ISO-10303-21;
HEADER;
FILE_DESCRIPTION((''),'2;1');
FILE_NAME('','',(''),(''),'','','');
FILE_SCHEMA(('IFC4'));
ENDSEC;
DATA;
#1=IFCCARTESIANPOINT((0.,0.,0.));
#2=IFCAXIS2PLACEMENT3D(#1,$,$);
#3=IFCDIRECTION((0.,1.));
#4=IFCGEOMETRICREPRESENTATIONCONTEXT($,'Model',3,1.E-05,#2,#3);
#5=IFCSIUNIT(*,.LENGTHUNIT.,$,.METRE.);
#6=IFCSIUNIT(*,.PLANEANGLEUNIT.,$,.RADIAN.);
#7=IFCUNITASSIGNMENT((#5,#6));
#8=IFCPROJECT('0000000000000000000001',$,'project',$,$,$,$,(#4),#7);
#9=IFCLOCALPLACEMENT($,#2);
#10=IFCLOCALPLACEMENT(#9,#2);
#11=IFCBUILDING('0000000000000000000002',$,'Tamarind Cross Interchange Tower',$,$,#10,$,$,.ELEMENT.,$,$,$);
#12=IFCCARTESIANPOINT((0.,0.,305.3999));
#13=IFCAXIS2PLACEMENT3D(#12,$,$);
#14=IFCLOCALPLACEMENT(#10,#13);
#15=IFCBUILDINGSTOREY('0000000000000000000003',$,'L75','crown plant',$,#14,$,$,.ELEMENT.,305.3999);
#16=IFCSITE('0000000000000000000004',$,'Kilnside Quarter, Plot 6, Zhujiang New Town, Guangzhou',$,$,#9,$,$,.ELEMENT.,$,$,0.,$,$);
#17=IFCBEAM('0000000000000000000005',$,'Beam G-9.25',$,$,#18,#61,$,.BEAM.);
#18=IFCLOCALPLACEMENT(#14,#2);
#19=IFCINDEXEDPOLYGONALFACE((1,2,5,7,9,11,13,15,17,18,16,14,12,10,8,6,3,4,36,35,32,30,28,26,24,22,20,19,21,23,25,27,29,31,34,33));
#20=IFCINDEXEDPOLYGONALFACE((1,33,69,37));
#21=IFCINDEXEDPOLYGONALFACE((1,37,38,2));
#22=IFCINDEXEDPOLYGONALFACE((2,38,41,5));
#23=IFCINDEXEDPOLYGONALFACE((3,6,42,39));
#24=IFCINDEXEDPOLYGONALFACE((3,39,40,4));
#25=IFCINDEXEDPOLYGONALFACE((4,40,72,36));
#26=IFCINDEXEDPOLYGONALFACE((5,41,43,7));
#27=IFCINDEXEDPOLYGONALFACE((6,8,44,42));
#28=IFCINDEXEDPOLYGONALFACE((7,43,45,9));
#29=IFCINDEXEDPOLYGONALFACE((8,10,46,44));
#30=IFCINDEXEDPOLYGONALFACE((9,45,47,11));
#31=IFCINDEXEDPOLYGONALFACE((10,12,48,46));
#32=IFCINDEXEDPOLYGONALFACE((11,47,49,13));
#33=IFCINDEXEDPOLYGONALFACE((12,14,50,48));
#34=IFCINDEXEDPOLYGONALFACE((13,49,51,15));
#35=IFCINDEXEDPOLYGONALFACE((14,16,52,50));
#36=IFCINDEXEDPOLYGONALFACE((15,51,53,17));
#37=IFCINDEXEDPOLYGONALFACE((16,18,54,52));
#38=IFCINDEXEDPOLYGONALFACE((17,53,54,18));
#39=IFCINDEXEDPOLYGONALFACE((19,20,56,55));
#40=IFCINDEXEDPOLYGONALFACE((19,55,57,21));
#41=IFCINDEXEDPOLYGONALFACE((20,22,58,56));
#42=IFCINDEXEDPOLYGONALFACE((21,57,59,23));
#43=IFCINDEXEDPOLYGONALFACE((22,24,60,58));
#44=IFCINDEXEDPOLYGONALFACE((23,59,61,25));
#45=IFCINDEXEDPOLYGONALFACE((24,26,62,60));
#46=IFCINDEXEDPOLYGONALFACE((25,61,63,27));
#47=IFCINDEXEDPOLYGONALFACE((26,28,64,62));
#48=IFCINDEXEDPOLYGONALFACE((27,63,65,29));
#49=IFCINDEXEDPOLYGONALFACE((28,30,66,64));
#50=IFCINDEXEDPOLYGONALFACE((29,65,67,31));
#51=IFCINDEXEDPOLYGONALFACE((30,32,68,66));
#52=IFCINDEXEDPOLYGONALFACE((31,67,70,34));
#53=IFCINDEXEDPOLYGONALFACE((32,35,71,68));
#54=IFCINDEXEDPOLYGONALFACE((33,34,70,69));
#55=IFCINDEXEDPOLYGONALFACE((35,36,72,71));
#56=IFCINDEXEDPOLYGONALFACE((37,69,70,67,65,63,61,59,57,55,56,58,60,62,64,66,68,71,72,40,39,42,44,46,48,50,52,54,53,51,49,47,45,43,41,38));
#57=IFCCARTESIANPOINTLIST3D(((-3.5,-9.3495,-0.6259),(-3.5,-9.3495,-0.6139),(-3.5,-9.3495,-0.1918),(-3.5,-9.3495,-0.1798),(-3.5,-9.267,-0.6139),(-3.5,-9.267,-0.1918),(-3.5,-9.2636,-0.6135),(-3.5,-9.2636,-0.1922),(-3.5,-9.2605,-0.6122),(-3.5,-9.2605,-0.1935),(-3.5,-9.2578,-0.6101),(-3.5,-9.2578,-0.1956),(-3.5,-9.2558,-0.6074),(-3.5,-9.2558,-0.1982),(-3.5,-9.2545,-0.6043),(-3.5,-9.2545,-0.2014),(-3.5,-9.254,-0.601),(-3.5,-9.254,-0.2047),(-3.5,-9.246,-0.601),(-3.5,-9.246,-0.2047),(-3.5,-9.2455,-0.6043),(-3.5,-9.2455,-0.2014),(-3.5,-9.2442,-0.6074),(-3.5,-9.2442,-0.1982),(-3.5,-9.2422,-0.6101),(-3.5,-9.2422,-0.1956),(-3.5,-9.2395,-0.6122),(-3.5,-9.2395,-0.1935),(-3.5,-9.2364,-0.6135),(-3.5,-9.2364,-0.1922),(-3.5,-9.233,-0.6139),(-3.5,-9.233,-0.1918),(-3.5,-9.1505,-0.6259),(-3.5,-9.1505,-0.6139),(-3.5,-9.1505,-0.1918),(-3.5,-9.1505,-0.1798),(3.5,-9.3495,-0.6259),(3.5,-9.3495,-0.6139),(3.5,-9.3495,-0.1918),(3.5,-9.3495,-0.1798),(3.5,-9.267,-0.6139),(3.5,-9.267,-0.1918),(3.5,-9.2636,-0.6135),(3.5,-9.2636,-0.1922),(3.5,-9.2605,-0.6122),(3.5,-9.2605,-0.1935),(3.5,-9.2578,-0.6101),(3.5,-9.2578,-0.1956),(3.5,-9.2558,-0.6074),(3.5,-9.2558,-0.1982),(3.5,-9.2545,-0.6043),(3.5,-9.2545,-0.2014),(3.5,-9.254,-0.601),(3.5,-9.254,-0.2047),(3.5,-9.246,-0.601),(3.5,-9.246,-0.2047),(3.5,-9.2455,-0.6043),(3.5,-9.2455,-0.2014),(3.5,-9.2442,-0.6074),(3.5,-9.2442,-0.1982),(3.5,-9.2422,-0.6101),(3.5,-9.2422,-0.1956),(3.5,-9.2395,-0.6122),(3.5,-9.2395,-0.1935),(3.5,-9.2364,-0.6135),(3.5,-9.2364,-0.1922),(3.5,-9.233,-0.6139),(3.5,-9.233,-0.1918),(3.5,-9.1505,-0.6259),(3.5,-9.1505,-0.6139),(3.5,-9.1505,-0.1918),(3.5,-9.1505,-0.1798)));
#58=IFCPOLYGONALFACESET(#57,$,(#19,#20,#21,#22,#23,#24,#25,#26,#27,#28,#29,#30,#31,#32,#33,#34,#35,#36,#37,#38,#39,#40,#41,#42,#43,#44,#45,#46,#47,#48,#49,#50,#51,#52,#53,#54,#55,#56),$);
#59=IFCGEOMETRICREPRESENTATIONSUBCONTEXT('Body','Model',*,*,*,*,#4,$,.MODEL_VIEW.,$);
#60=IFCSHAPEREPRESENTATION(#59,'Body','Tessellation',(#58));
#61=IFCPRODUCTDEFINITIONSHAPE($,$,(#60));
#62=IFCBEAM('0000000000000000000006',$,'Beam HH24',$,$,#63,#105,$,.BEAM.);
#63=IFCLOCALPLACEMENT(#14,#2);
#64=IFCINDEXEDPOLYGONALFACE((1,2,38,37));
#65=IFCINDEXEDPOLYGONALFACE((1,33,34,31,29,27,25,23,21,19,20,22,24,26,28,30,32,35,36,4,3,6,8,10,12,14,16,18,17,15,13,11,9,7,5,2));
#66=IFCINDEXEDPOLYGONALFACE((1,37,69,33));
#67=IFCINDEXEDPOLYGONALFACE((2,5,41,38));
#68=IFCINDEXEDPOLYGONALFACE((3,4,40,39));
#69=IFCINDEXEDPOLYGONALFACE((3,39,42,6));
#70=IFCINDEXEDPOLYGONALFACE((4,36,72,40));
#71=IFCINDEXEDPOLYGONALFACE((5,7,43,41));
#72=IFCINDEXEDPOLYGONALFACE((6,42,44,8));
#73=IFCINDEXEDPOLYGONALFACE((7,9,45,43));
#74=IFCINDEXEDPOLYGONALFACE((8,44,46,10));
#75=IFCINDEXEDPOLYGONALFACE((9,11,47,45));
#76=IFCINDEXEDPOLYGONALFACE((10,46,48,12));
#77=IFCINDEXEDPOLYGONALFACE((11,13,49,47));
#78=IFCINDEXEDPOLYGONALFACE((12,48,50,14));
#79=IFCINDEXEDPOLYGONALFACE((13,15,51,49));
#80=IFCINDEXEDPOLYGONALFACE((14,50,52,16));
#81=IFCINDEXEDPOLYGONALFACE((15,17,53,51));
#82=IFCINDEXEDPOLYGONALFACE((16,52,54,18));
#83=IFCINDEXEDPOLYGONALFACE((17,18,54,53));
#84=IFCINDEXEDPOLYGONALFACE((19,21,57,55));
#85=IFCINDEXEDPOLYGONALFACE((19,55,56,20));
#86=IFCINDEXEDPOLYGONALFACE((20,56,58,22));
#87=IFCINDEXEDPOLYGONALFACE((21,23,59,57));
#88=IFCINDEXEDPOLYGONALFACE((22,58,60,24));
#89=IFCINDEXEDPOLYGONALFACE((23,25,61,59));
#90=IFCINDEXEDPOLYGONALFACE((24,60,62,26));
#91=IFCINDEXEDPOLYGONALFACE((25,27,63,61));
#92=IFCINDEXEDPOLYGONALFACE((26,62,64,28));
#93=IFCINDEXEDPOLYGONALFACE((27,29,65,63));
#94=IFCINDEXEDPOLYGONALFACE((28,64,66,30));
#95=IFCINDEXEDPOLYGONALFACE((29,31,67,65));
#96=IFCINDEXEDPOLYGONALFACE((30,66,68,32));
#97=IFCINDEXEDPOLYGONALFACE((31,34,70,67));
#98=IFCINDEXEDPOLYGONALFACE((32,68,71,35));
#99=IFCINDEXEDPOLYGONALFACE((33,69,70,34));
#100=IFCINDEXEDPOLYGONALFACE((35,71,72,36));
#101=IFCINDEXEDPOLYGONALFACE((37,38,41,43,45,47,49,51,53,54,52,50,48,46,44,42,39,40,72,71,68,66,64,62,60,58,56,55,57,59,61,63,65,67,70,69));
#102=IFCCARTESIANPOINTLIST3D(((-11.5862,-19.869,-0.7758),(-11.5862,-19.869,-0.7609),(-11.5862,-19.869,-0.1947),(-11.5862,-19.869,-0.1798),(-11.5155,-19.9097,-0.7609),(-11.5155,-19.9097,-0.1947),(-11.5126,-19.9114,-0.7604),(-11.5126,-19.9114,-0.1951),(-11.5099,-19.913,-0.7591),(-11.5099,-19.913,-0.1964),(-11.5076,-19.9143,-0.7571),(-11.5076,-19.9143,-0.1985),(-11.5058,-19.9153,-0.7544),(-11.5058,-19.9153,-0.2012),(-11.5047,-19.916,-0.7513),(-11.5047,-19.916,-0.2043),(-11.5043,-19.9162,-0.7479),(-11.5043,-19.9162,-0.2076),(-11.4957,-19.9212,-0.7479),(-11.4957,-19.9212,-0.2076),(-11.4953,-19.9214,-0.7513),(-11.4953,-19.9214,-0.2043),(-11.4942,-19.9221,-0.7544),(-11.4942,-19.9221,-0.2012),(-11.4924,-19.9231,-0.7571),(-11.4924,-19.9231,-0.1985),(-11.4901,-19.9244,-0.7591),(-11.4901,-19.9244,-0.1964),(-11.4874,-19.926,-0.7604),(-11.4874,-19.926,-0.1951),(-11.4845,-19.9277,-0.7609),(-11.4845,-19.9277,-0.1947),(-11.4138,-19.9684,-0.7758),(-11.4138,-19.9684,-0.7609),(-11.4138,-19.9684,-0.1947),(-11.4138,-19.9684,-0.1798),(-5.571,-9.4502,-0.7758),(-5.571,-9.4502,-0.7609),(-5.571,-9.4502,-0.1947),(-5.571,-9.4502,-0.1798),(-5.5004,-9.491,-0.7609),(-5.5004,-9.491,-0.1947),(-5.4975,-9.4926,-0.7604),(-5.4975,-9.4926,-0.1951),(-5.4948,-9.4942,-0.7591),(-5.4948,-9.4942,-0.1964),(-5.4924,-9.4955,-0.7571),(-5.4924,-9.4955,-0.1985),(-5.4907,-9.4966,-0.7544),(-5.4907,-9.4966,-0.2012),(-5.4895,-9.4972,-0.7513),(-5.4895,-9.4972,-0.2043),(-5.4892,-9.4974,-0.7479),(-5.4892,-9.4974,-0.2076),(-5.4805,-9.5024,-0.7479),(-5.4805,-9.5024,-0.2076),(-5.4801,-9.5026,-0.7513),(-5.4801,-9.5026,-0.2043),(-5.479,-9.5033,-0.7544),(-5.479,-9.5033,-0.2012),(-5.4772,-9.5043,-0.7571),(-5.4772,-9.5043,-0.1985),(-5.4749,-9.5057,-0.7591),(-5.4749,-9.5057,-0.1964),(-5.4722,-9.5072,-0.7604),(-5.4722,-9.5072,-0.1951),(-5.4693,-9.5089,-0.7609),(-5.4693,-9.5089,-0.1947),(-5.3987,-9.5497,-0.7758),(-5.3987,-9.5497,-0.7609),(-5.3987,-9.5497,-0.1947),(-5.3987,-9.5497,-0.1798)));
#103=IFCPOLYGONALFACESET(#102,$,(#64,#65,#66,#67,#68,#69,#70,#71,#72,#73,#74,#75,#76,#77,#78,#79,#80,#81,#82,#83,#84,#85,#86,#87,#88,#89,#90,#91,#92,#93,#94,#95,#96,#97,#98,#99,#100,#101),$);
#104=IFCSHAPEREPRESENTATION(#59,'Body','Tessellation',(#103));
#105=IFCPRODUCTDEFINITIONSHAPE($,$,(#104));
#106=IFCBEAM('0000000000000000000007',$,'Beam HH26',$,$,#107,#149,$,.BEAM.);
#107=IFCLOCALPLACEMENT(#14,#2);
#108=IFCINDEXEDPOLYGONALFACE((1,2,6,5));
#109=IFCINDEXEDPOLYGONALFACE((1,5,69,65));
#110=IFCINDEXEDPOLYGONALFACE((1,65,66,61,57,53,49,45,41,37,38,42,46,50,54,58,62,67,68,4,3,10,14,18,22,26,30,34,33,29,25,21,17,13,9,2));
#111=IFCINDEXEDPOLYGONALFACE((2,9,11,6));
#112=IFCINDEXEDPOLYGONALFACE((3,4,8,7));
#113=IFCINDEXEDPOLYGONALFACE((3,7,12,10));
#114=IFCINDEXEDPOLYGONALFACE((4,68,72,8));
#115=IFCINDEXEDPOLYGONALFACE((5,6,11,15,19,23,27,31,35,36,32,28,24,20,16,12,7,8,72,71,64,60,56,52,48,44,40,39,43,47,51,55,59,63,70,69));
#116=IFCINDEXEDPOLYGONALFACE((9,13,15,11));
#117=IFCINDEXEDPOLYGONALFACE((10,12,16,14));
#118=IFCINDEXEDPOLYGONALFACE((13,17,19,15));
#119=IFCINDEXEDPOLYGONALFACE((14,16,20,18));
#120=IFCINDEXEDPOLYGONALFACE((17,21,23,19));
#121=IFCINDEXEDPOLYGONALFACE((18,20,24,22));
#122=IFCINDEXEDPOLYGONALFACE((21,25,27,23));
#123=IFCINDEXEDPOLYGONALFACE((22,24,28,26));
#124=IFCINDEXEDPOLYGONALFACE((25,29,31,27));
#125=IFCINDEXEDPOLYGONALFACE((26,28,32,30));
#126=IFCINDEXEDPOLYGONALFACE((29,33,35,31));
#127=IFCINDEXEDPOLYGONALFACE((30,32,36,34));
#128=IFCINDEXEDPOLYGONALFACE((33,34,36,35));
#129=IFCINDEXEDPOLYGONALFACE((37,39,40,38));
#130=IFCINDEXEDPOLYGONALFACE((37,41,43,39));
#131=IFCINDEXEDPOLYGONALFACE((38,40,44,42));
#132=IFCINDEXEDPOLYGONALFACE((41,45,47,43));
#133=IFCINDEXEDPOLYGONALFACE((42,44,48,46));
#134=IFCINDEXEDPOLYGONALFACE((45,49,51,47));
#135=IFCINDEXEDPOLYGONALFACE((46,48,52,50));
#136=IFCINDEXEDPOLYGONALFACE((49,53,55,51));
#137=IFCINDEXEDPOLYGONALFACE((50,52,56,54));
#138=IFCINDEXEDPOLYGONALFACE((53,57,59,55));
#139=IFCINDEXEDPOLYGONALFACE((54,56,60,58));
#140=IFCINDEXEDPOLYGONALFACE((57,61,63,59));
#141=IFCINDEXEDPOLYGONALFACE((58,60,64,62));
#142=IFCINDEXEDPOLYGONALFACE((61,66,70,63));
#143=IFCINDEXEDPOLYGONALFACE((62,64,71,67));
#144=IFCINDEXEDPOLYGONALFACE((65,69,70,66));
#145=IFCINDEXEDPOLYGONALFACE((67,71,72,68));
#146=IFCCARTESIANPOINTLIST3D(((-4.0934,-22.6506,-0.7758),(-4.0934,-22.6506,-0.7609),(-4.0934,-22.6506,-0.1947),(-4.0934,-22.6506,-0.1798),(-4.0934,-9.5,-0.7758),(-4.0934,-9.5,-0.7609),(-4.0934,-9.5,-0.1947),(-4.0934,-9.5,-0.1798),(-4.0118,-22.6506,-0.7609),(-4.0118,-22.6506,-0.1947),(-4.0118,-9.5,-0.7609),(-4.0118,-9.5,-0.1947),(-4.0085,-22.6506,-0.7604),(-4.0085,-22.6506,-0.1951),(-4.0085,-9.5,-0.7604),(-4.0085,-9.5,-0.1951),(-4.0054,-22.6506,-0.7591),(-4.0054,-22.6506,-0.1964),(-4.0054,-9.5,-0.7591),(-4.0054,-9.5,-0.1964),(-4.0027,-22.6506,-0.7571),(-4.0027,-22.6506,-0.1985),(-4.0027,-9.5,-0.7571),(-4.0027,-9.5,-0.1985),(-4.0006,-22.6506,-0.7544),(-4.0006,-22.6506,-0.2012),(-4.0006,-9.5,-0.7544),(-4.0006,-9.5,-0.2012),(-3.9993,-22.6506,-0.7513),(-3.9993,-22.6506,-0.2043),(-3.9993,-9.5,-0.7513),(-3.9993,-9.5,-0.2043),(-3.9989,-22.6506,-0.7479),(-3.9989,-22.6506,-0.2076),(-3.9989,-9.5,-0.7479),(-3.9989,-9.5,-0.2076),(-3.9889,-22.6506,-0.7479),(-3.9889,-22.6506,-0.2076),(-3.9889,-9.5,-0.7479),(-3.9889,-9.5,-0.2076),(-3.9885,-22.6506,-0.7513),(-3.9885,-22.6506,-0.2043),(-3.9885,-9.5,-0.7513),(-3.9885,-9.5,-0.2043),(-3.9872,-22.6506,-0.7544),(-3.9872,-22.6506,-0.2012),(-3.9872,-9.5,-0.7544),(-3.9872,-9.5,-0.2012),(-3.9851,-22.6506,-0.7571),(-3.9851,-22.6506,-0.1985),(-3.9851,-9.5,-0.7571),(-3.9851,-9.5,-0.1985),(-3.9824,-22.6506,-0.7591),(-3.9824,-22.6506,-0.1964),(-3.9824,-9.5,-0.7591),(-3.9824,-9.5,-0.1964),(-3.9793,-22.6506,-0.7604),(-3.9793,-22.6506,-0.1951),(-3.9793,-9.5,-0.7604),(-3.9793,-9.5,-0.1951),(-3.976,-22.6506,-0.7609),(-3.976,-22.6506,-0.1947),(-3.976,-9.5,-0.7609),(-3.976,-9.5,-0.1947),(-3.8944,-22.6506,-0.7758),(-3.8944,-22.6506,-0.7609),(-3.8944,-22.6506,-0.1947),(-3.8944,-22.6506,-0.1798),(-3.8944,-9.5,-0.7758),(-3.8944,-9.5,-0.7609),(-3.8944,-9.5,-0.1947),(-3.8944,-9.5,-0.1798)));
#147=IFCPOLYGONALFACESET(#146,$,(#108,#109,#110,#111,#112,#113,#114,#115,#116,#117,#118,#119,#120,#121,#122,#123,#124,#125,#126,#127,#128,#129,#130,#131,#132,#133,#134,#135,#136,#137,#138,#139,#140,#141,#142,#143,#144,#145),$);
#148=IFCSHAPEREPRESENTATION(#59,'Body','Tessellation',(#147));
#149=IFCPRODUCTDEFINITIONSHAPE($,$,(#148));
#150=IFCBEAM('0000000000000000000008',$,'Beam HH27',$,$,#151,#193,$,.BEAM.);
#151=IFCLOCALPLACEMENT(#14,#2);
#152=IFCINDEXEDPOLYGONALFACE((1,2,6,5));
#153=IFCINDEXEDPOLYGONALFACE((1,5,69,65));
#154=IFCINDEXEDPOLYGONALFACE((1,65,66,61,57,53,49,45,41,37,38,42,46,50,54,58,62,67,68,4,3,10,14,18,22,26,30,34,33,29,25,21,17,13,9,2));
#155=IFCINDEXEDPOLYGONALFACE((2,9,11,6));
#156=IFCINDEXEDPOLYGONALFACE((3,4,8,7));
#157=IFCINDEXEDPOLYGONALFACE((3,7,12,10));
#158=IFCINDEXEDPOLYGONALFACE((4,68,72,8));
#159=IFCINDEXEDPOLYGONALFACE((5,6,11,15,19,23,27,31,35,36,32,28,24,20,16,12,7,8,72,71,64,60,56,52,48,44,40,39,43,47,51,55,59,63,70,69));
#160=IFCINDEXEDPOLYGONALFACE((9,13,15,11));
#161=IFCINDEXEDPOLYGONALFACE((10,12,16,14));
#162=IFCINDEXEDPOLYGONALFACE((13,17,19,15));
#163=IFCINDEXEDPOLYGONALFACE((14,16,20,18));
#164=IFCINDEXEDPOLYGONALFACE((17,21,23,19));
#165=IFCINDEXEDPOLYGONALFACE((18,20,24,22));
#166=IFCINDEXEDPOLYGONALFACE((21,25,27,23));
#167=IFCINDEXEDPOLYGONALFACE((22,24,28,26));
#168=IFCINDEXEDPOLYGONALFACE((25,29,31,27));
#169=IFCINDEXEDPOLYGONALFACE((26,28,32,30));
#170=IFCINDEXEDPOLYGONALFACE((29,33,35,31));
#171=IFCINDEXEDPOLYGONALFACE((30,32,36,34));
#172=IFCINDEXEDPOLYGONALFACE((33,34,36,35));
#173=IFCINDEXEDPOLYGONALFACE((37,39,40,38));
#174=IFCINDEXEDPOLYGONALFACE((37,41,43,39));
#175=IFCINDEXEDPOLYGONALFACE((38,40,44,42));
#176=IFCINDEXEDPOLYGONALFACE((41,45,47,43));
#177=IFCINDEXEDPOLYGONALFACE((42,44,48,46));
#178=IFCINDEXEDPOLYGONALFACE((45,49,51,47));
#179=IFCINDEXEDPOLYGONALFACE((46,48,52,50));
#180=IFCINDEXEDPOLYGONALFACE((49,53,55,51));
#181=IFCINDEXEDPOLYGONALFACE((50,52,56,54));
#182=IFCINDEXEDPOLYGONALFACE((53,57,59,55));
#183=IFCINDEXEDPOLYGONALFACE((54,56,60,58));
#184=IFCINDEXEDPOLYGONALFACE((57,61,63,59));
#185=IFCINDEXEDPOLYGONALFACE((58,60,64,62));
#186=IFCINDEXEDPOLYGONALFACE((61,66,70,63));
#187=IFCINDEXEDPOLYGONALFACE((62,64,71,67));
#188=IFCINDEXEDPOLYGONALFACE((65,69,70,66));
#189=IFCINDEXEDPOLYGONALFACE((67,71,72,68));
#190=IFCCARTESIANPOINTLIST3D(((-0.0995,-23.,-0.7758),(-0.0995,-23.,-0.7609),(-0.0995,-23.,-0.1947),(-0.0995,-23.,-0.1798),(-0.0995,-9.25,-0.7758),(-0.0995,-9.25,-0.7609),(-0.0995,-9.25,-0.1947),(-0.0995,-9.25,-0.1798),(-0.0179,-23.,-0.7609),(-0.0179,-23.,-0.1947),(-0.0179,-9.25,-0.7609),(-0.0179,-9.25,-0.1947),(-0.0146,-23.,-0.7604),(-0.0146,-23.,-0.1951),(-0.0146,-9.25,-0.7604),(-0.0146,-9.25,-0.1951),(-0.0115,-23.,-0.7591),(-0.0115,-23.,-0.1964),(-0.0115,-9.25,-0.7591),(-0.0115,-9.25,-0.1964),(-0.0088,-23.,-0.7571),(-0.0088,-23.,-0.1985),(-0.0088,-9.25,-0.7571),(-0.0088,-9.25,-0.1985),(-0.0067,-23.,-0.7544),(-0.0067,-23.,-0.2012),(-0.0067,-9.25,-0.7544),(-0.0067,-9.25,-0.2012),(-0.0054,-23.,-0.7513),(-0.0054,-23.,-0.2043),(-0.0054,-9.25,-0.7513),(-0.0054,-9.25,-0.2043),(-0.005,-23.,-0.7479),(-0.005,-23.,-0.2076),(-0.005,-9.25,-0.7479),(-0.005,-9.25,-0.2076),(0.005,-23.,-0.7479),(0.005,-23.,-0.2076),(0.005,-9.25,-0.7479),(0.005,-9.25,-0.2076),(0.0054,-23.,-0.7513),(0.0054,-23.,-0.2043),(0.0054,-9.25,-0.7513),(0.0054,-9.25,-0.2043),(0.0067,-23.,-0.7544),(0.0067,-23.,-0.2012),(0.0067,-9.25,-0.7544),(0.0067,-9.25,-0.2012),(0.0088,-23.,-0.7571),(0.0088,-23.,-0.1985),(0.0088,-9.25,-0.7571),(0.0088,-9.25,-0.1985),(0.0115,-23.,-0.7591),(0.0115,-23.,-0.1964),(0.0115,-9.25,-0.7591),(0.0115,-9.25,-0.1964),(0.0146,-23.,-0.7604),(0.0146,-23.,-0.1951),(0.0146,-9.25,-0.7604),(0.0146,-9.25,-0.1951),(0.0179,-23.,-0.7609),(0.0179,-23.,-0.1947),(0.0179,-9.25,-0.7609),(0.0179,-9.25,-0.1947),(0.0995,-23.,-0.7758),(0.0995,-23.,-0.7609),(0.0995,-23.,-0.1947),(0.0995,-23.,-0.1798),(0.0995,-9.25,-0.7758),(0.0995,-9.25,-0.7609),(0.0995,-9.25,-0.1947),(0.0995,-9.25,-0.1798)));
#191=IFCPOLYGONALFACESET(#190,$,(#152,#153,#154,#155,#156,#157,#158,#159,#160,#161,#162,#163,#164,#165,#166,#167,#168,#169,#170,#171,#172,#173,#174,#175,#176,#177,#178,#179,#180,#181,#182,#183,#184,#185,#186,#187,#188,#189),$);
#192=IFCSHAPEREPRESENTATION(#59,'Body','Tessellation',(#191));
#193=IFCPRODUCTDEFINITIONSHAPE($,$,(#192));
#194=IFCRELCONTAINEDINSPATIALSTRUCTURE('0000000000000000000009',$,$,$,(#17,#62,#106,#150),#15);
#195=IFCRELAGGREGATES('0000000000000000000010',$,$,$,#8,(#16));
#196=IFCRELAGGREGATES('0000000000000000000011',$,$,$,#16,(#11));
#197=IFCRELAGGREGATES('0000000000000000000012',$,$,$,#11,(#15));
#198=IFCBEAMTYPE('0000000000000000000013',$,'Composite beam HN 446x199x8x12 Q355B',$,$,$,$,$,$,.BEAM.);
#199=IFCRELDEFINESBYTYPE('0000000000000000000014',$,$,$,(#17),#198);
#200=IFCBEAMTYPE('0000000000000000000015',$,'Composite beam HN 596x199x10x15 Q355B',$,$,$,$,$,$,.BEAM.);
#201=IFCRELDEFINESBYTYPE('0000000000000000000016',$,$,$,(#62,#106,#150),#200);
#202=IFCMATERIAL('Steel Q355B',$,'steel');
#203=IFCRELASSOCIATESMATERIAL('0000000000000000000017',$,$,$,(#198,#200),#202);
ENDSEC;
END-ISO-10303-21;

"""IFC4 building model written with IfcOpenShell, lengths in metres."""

from ifc_helpers import new_model, si_unit, direction, frame, origin, origin_2d, place, context, subcontext, project, spatial, i_section, extrude, material, material_profile, profile_set, type_object, element, save


model = new_model("IFC4")

# Units and contexts
model_context = context("Model", 3, precision=1e-05, world=origin(), true_north=direction((0.0, 1.0)))
body_context = subcontext(model_context, "Body", "Model", "MODEL_VIEW")
ifc_project = project(units=[si_unit("LENGTHUNIT", "METRE"), si_unit("PLANEANGLEUNIT", "RADIAN")], contexts=[model_context])

# Site, building, storey
site_placement = place(None, origin())
site = spatial("IfcSite", under=ifc_project, at=site_placement, Name="Kilnside Quarter, Plot 6, Zhujiang New Town, Guangzhou", CompositionType="ELEMENT", RefElevation=0.0)
building_placement = place(site_placement, origin())
building = spatial("IfcBuilding", under=site, at=building_placement, Name="Tamarind Cross Interchange Tower", CompositionType="ELEMENT")
storey_placement = place(building_placement, frame((0.0, 0.0, 305.3999)))
storey = spatial("IfcBuildingStorey", under=building, at=storey_placement, Name="L75", Description="crown plant", CompositionType="ELEMENT", Elevation=305.3999)

# Beams
ifc_material_1 = material(Name="Steel Q355B", Category="steel")
ifc_material_profile_1 = material_profile(ifc_material_1, i_section(OverallWidth=0.199, OverallDepth=0.446, WebThickness=0.0081, FlangeThickness=0.012, FilletRadius=0.0129, at=origin_2d()), Name="HN 446x199x8x12")
ifc_profile_set_1 = profile_set([ifc_material_profile_1], Name="Steel Q355B")
beam_type_1 = type_object("IfcBeamType", Name="Composite beam HN 446x199x8x12 Q355B", PredefinedType="BEAM", material=ifc_profile_set_1)
beam_1_placement = place(storey_placement, frame((-3.5, -9.25, -0.4028), z_axis=(1.0, 0.0, 0.0), x_axis=(0.0, 1.0, 0.0)))
element("IfcBeam", 1, at=beam_1_placement, inside=storey, type_object=beam_type_1, Name="Beam G-9.25", PredefinedType="BEAM", context=body_context, shape_type="SweptSolid", body=[
    extrude(i_section(OverallWidth=0.199, OverallDepth=0.446, WebThickness=0.0081, FlangeThickness=0.012, FilletRadius=0.0129, at=origin_2d()), origin(), (0.0, 0.0, 1.0), 7.0),
])
ifc_material_profile_2 = material_profile(ifc_material_1, i_section(OverallWidth=0.199, OverallDepth=0.5959, WebThickness=0.01, FlangeThickness=0.0149, FilletRadius=0.0129, at=origin_2d()), Name="HN 596x199x10x15")
ifc_profile_set_2 = profile_set([ifc_material_profile_2], Name="Steel Q355B")
beam_type_2 = type_object("IfcBeamType", Name="Composite beam HN 596x199x10x15 Q355B", PredefinedType="BEAM", material=ifc_profile_set_2)
beam_2_placement = place(storey_placement, frame((-11.5, -19.9187, -0.4778), z_axis=(0.499994, 0.866029, 0.0), x_axis=(-0.866029, 0.499994, 0.0)))
element("IfcBeam", 2, at=beam_2_placement, inside=storey, type_object=beam_type_2, Name="Beam HH24", PredefinedType="BEAM", context=body_context, shape_type="SweptSolid", body=[
    extrude(i_section(OverallWidth=0.199, OverallDepth=0.5959, WebThickness=0.01, FlangeThickness=0.0149, FilletRadius=0.0129, at=origin_2d()), origin(), (0.0, 0.0, 1.0), 12.0305),
])
beam_3_placement = place(storey_placement, frame((-3.9939, -22.6506, -0.4778), z_axis=(0.0, 1.0, 0.0), x_axis=(-1.0, 0.0, 0.0)))
element("IfcBeam", 3, at=beam_3_placement, inside=storey, type_object=beam_type_2, Name="Beam HH26", PredefinedType="BEAM", context=body_context, shape_type="SweptSolid", body=[
    extrude(i_section(OverallWidth=0.199, OverallDepth=0.5959, WebThickness=0.01, FlangeThickness=0.0149, FilletRadius=0.0129, at=origin_2d()), origin(), (0.0, 0.0, 1.0), 13.1506),
])
beam_4_placement = place(storey_placement, frame((0.0, -23.0, -0.4778), z_axis=(0.0, 1.0, 0.0), x_axis=(-1.0, 0.0, 0.0)))
element("IfcBeam", 4, at=beam_4_placement, inside=storey, type_object=beam_type_2, Name="Beam HH27", PredefinedType="BEAM", context=body_context, shape_type="SweptSolid", body=[
    extrude(i_section(OverallWidth=0.199, OverallDepth=0.5959, WebThickness=0.01, FlangeThickness=0.0149, FilletRadius=0.0129, at=origin_2d()), origin(), (0.0, 0.0, 1.0), 13.75),
])

save(model, "model.ifc")
